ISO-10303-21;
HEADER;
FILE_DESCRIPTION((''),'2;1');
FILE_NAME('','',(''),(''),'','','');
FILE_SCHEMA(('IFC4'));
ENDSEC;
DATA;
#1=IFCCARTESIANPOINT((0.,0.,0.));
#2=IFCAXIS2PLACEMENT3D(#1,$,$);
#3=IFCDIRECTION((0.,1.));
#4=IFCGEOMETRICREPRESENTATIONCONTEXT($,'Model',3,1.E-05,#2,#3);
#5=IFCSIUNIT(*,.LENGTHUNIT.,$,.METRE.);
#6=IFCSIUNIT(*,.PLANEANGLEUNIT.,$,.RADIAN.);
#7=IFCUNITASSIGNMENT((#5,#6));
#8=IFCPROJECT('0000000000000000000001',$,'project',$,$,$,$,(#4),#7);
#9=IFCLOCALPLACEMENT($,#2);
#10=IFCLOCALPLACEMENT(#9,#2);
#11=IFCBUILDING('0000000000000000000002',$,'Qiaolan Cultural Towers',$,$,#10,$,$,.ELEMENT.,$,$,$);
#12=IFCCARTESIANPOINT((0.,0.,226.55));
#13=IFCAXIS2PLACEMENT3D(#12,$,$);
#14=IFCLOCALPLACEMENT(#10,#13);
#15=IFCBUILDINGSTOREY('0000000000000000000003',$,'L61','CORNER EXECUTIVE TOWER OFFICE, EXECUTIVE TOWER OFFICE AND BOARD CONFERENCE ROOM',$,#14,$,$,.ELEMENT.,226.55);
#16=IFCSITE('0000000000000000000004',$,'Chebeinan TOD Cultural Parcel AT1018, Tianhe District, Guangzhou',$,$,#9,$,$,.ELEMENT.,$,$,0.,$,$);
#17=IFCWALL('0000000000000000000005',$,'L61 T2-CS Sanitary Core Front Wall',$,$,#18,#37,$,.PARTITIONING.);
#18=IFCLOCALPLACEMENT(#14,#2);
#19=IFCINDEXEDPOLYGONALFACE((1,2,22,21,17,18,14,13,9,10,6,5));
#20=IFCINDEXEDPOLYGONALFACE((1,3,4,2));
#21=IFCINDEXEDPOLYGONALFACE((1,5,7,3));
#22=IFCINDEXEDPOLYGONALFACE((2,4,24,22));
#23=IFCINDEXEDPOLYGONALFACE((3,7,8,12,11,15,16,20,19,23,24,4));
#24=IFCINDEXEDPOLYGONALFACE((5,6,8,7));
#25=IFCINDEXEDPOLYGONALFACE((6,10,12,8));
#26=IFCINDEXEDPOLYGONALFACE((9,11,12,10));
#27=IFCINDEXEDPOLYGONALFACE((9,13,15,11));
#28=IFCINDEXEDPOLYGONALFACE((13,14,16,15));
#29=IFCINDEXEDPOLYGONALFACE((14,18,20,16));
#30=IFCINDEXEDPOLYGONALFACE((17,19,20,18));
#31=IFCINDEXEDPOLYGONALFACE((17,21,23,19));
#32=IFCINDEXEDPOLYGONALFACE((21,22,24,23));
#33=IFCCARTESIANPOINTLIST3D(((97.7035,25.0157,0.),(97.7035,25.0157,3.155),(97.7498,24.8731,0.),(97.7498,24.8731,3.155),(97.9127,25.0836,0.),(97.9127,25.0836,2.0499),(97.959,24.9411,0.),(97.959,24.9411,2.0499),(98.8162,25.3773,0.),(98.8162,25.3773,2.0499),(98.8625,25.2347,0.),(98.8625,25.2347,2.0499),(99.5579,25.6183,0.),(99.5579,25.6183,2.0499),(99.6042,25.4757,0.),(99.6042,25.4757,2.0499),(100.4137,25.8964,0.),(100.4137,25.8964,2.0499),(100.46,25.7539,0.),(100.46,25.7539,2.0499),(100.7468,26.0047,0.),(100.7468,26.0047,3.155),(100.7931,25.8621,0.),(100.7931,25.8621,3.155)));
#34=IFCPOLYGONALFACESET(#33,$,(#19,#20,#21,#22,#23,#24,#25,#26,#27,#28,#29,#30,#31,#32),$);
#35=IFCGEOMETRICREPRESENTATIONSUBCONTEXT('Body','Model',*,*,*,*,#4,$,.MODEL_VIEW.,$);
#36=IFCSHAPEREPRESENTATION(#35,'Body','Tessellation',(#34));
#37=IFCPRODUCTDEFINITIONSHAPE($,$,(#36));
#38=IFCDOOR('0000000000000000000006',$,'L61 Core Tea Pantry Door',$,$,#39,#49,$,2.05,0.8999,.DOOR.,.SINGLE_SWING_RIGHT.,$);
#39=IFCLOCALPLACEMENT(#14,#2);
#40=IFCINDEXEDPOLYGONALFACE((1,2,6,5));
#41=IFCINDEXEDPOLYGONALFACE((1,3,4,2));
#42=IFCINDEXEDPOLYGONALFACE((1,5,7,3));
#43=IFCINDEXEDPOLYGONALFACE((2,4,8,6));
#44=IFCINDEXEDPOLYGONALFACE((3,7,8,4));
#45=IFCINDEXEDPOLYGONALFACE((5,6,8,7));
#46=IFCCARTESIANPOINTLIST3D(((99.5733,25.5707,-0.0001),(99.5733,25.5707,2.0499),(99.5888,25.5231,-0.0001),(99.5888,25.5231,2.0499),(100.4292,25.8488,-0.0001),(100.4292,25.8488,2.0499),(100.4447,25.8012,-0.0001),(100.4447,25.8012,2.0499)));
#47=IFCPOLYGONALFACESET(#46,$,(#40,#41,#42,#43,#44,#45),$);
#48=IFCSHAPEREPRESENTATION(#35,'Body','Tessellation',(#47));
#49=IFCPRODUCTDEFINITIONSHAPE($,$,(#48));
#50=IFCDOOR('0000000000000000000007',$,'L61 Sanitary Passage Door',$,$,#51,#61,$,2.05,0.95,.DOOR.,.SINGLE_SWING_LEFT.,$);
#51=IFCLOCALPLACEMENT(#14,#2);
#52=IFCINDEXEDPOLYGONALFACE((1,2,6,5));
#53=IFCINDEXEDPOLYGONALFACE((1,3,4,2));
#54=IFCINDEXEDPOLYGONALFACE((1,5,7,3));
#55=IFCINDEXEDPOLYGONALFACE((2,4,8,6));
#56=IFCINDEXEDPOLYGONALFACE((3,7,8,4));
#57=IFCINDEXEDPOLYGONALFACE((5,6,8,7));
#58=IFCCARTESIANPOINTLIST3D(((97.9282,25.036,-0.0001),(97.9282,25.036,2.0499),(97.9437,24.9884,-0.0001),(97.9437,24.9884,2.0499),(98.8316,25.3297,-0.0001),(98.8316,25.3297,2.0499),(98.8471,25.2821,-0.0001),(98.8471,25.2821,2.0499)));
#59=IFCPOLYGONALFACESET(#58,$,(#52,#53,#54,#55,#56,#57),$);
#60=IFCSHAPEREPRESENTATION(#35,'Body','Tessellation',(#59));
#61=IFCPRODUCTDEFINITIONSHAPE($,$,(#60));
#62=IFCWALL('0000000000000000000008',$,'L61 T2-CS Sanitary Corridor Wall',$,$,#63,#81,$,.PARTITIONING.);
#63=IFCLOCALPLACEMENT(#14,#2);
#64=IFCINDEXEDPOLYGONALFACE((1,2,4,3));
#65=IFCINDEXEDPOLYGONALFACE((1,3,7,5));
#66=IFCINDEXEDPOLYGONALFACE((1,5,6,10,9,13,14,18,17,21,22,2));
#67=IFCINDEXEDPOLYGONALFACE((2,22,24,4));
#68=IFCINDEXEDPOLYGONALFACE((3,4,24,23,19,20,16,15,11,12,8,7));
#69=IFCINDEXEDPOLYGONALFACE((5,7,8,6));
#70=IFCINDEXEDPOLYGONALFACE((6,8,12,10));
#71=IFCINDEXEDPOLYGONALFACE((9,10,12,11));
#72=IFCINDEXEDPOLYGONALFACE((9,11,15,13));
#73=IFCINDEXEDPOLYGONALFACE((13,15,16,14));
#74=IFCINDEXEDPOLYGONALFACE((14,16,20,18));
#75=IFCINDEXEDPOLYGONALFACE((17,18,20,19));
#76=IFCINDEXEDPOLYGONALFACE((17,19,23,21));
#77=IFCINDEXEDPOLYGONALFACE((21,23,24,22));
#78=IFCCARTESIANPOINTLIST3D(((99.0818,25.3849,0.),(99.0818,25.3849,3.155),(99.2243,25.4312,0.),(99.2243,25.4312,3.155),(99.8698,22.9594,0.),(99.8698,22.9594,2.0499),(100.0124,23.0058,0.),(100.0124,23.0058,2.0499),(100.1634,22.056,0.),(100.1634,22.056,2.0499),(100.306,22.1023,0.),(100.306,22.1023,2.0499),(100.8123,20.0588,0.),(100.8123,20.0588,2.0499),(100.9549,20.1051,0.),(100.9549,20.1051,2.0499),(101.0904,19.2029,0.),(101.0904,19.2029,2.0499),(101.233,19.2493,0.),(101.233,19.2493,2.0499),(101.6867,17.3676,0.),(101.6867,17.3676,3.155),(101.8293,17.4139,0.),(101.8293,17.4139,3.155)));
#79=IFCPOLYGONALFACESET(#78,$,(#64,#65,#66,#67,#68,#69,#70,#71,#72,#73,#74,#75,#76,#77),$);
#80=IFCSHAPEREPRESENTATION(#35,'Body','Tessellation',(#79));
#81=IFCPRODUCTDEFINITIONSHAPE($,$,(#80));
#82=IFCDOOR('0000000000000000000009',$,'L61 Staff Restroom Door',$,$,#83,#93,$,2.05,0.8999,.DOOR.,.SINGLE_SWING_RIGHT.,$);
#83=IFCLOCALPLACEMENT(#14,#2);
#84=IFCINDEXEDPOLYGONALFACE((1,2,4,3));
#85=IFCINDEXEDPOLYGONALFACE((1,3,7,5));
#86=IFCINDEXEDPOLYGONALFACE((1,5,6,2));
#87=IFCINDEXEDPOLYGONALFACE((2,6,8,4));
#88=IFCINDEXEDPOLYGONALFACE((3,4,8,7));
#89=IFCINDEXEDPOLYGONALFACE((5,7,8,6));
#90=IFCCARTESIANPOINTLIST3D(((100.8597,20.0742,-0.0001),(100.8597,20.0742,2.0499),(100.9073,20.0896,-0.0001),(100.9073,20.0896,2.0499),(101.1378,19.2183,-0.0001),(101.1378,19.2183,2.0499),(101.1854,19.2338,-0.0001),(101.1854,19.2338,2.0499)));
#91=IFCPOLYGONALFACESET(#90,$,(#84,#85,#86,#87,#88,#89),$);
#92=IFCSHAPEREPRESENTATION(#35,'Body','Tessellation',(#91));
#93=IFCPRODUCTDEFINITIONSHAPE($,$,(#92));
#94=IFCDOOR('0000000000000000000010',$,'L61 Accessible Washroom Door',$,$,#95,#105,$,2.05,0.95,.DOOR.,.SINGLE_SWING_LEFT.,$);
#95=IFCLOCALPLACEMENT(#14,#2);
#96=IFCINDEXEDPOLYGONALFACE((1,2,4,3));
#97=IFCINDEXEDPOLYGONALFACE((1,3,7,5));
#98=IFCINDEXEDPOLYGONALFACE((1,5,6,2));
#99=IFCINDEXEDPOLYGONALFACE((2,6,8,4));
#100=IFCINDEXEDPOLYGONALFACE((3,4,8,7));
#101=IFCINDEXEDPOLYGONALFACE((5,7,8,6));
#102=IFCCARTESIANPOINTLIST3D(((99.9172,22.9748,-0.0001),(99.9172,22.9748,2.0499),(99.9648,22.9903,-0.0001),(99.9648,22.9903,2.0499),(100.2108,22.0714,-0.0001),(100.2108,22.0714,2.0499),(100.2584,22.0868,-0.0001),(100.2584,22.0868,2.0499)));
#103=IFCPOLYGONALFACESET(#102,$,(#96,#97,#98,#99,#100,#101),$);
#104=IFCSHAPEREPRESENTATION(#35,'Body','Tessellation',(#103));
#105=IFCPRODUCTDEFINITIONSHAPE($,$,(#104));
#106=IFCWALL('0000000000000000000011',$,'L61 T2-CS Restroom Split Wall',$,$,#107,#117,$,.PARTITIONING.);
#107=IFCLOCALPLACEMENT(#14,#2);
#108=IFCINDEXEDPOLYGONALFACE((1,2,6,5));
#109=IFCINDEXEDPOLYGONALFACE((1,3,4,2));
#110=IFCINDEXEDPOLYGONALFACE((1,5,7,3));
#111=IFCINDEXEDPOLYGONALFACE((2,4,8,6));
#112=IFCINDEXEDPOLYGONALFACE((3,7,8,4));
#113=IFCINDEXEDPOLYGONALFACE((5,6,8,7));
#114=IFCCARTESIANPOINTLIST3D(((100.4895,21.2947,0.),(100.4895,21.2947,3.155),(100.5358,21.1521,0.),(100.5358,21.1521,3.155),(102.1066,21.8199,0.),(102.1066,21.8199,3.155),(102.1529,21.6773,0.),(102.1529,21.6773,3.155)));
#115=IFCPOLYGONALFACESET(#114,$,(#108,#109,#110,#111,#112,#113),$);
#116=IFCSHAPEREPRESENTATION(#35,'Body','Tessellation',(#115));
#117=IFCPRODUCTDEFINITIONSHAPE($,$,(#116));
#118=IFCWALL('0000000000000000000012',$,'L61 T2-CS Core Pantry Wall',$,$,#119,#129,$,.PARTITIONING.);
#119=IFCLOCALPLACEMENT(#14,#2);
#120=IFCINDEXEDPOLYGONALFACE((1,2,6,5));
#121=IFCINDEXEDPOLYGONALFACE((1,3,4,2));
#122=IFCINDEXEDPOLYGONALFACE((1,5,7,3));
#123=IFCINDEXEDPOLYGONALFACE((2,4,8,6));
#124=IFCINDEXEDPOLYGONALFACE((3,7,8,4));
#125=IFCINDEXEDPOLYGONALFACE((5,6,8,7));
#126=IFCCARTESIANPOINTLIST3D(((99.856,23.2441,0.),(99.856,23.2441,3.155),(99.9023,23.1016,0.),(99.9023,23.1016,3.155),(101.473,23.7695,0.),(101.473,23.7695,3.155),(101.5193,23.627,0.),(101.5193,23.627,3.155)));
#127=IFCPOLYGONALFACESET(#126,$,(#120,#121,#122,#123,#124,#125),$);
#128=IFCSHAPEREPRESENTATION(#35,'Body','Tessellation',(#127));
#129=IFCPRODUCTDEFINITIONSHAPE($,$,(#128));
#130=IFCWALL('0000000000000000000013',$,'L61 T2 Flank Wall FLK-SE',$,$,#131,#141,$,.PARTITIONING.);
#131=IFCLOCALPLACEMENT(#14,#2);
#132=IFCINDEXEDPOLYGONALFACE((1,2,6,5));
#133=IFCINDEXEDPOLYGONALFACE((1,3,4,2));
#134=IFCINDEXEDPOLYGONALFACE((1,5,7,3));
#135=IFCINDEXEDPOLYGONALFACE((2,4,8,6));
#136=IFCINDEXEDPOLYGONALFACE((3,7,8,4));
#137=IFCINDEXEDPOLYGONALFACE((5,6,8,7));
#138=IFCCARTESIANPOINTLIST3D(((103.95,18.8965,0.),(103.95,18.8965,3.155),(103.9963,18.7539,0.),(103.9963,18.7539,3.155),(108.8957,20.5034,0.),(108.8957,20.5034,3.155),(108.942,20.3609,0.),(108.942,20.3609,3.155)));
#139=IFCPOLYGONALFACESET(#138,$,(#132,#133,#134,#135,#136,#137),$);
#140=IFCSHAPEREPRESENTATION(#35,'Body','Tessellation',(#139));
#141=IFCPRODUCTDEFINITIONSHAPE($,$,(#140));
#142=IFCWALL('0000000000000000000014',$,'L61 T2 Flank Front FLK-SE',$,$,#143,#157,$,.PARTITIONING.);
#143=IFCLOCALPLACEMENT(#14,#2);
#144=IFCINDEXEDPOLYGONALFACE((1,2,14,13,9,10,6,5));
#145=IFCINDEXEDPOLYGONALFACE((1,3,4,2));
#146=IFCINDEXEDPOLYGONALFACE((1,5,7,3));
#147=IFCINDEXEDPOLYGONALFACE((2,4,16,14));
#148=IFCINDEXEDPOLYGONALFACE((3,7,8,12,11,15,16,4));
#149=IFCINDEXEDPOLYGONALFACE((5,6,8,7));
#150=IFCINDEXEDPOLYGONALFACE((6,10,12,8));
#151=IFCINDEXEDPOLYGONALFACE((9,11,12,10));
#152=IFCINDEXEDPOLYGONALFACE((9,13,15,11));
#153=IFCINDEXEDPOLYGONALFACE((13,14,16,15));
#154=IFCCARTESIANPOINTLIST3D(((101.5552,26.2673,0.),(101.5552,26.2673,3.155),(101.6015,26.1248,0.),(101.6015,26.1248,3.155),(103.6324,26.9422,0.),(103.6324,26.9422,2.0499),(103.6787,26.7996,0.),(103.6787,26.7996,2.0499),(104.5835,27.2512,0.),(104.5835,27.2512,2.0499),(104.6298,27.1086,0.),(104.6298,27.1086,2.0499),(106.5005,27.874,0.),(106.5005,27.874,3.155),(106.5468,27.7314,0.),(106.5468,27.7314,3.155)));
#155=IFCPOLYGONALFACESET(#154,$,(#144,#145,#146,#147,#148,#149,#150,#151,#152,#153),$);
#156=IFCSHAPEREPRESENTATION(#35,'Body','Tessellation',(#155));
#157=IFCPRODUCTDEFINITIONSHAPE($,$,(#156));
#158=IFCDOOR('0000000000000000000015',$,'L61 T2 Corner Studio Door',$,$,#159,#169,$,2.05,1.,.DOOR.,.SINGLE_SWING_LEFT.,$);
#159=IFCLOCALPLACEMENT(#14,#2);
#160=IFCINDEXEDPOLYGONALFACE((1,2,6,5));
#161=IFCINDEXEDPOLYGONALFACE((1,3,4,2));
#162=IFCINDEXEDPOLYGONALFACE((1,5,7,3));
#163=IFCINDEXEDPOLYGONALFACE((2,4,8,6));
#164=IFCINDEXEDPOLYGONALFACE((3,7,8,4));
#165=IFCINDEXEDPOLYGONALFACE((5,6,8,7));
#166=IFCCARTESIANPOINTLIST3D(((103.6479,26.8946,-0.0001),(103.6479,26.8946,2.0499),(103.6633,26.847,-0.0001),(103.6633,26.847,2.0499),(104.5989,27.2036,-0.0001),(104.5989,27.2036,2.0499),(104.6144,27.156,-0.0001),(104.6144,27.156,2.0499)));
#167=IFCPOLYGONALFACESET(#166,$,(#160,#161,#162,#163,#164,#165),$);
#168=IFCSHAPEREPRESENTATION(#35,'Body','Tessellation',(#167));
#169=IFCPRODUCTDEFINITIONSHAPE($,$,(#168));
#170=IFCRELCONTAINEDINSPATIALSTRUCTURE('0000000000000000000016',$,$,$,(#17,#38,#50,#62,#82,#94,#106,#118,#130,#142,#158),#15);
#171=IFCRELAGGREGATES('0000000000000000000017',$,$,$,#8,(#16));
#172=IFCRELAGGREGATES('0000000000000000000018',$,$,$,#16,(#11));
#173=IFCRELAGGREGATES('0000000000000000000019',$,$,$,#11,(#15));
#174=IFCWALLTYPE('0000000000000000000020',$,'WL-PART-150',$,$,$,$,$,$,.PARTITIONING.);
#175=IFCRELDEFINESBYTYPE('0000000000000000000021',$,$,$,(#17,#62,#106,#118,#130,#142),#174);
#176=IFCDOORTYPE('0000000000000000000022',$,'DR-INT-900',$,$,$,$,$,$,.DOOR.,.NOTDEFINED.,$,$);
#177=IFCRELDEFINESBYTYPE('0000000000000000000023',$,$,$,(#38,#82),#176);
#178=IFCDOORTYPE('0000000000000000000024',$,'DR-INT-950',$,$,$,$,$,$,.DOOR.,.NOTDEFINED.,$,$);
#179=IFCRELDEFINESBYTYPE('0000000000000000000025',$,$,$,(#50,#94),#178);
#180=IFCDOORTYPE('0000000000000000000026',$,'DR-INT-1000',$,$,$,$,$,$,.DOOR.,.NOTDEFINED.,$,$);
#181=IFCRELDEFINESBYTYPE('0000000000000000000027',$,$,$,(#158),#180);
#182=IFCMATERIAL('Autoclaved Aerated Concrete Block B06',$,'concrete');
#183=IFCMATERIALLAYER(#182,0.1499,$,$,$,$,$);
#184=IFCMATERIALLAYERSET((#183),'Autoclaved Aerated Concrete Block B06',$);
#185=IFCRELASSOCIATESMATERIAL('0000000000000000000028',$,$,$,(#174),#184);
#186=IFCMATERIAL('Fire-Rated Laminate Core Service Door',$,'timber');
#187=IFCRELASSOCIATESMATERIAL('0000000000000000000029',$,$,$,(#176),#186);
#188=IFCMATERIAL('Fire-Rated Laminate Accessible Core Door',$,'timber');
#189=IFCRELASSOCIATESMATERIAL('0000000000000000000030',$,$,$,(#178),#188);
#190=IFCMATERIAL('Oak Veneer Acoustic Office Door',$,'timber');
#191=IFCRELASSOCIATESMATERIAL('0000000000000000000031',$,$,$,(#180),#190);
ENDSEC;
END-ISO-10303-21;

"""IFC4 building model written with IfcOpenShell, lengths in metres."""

from ifc_helpers import new_model, si_unit, direction, frame, frame_2d, origin, place, context, subcontext, project, spatial, rectangle, extrude, material, layer, layer_set, type_object, element, fill, save


model = new_model("IFC4")

# Units and contexts
model_context = context("Model", 3, precision=1e-05, world=origin(), true_north=direction((0.0, 1.0)))
body_context = subcontext(model_context, "Body", "Model", "MODEL_VIEW")
ifc_project = project(units=[si_unit("LENGTHUNIT", "METRE"), si_unit("PLANEANGLEUNIT", "RADIAN")], contexts=[model_context])

# Site, building, storey
site_placement = place(None, origin())
site = spatial("IfcSite", under=ifc_project, at=site_placement, Name="Chebeinan TOD Cultural Parcel AT1018, Tianhe District, Guangzhou", CompositionType="ELEMENT", RefElevation=0.0)
building_placement = place(site_placement, origin())
building = spatial("IfcBuilding", under=site, at=building_placement, Name="Qiaolan Cultural Towers", CompositionType="ELEMENT")
storey_placement = place(building_placement, frame((0.0, 0.0, 226.55)))
storey = spatial("IfcBuildingStorey", under=building, at=storey_placement, Name="L61", Description="CORNER EXECUTIVE TOWER OFFICE, EXECUTIVE TOWER OFFICE AND BOARD CONFERENCE ROOM", CompositionType="ELEMENT", Elevation=226.55)

# Walls, openings, doors
ifc_material_1 = material(Name="Autoclaved Aerated Concrete Block B06", Category="concrete")
ifc_layer_1 = layer(ifc_material_1, 0.1499)
ifc_layer_set_1 = layer_set([ifc_layer_1], Name="Autoclaved Aerated Concrete Block B06")
wall_type_1 = type_object("IfcWallType", Name="WL-PART-150", PredefinedType="PARTITIONING", material=ifc_layer_set_1)
wall_1_placement = place(storey_placement, frame((97.7266, 24.9443, 0.0), z_axis=(0.0, 0.0, 1.0), x_axis=(0.951037, 0.309077, 0.0)))
wall_1 = element("IfcWall", 1, at=wall_1_placement, inside=storey, type_object=wall_type_1, Name="L61 T2-CS Sanitary Core Front Wall", PredefinedType="PARTITIONING", context=body_context, shape_type="SweptSolid", body=[
    extrude(rectangle(XDim=3.2, YDim=0.1499, at=frame_2d((1.6001, 0.0))), origin(), (0.0, 0.0, 1.0), 3.155),
])
opening_1_placement = place(wall_1_placement, frame((0.22, 0.0, 0.0)))
opening_1 = element("IfcOpeningElement", 2, at=opening_1_placement, cuts=wall_1, PredefinedType="OPENING", context=body_context, shape_type="SweptSolid", body=[
    extrude(rectangle(XDim=0.95, YDim=2.05, at=frame_2d((0.4751, 1.0249))), frame((0.0, 0.085, 0.0), z_axis=(0.0, -1.0, 0.0), x_axis=(1.0, 0.0, 0.0)), (0.0, 0.0, 1.0), 0.1699),
])
opening_2_placement = place(wall_1_placement, frame((1.95, 0.0, 0.0)))
opening_2 = element("IfcOpeningElement", 3, at=opening_2_placement, cuts=wall_1, PredefinedType="OPENING", context=body_context, shape_type="SweptSolid", body=[
    extrude(rectangle(XDim=0.8999, YDim=2.05, at=frame_2d((0.45, 1.0249))), frame((0.0, 0.085, 0.0), z_axis=(0.0, -1.0, 0.0), x_axis=(1.0, 0.0, 0.0)), (0.0, 0.0, 1.0), 0.1699),
])
ifc_material_2 = material(Name="Fire-Rated Laminate Core Service Door", Category="timber")
door_type_1 = type_object("IfcDoorType", Name="DR-INT-900", OperationType="NOTDEFINED", PredefinedType="DOOR", material=ifc_material_2)
door_1_placement = place(opening_2_placement, origin())
door_1 = element("IfcDoor", 4, at=door_1_placement, inside=storey, type_object=door_type_1, Name="L61 Core Tea Pantry Door", OperationType="SINGLE_SWING_RIGHT", OverallHeight=2.05, OverallWidth=0.8999, PredefinedType="DOOR", context=body_context, shape_type="SweptSolid", body=[
    extrude(rectangle(XDim=0.8999, YDim=2.05, at=frame_2d((0.45, 1.0249))), frame((0.0, 0.0249, 0.0), z_axis=(0.0, -1.0, 0.0), x_axis=(1.0, 0.0, 0.0)), (0.0, 0.0, 1.0), 0.05),
])
fill(opening_2, door_1)
ifc_material_3 = material(Name="Fire-Rated Laminate Accessible Core Door", Category="timber")
door_type_2 = type_object("IfcDoorType", Name="DR-INT-950", OperationType="NOTDEFINED", PredefinedType="DOOR", material=ifc_material_3)
door_2_placement = place(opening_1_placement, origin())
door_2 = element("IfcDoor", 5, at=door_2_placement, inside=storey, type_object=door_type_2, Name="L61 Sanitary Passage Door", OperationType="SINGLE_SWING_LEFT", OverallHeight=2.05, OverallWidth=0.95, PredefinedType="DOOR", context=body_context, shape_type="SweptSolid", body=[
    extrude(rectangle(XDim=0.95, YDim=2.05, at=frame_2d((0.4751, 1.0249))), frame((0.0, 0.0249, 0.0), z_axis=(0.0, -1.0, 0.0), x_axis=(1.0, 0.0, 0.0)), (0.0, 0.0, 1.0), 0.05),
])
fill(opening_1, door_2)
wall_2_placement = place(storey_placement, frame((99.1531, 25.408, 0.0), z_axis=(0.0, 0.0, 1.0), x_axis=(0.309016, -0.951057, 0.0)))
wall_2 = element("IfcWall", 6, at=wall_2_placement, inside=storey, type_object=wall_type_1, Name="L61 T2-CS Sanitary Corridor Wall", PredefinedType="PARTITIONING", context=body_context, shape_type="SweptSolid", body=[
    extrude(rectangle(XDim=8.4299, YDim=0.1499, at=frame_2d((4.2148, 0.0))), origin(), (0.0, 0.0, 1.0), 3.155),
])
opening_3_placement = place(wall_2_placement, frame((2.55, 0.0, 0.0)))
opening_3 = element("IfcOpeningElement", 7, at=opening_3_placement, cuts=wall_2, PredefinedType="OPENING", context=body_context, shape_type="SweptSolid", body=[
    extrude(rectangle(XDim=0.95, YDim=2.05, at=frame_2d((0.4751, 1.0249))), frame((0.0, 0.085, 0.0), z_axis=(0.0, -1.0, 0.0), x_axis=(1.0, 0.0, 0.0)), (0.0, 0.0, 1.0), 0.1699),
])
opening_4_placement = place(wall_2_placement, frame((5.6001, 0.0, 0.0)))
opening_4 = element("IfcOpeningElement", 8, at=opening_4_placement, cuts=wall_2, PredefinedType="OPENING", context=body_context, shape_type="SweptSolid", body=[
    extrude(rectangle(XDim=0.8999, YDim=2.05, at=frame_2d((0.45, 1.0249))), frame((0.0, 0.085, 0.0), z_axis=(0.0, -1.0, 0.0), x_axis=(1.0, 0.0, 0.0)), (0.0, 0.0, 1.0), 0.1699),
])
door_3_placement = place(opening_4_placement, origin())
door_3 = element("IfcDoor", 9, at=door_3_placement, inside=storey, type_object=door_type_1, Name="L61 Staff Restroom Door", OperationType="SINGLE_SWING_RIGHT", OverallHeight=2.05, OverallWidth=0.8999, PredefinedType="DOOR", context=body_context, shape_type="SweptSolid", body=[
    extrude(rectangle(XDim=0.8999, YDim=2.05, at=frame_2d((0.45, 1.0249))), frame((0.0, 0.0249, 0.0), z_axis=(0.0, -1.0, 0.0), x_axis=(1.0, 0.0, 0.0)), (0.0, 0.0, 1.0), 0.05),
])
fill(opening_4, door_3)
door_4_placement = place(opening_3_placement, origin())
door_4 = element("IfcDoor", 10, at=door_4_placement, inside=storey, type_object=door_type_2, Name="L61 Accessible Washroom Door", OperationType="SINGLE_SWING_LEFT", OverallHeight=2.05, OverallWidth=0.95, PredefinedType="DOOR", context=body_context, shape_type="SweptSolid", body=[
    extrude(rectangle(XDim=0.95, YDim=2.05, at=frame_2d((0.4751, 1.0249))), frame((0.0, 0.0249, 0.0), z_axis=(0.0, -1.0, 0.0), x_axis=(1.0, 0.0, 0.0)), (0.0, 0.0, 1.0), 0.05),
])
fill(opening_3, door_4)

# Walls
for number, where, z_axis, x_axis, name in (
    (11, (100.5127, 21.2234, 0.0), (0.0, 0.0, 1.0), (0.951096, 0.308894, 0.0), "L61 T2-CS Restroom Split Wall"),
    (12, (99.8792, 23.1729, 0.0), (0.0, 0.0, 1.0), (0.951054, 0.309024, 0.0), "L61 T2-CS Core Pantry Wall"),
):
    element("IfcWall", number, at=place(storey_placement, frame(where, z_axis=z_axis, x_axis=x_axis)), inside=storey, type_object=wall_type_1, Name=name, PredefinedType="PARTITIONING", context=body_context, shape_type="SweptSolid", body=[
        extrude(rectangle(XDim=1.7002, YDim=0.1499, at=frame_2d((0.8501, 0.0))), origin(), (0.0, 0.0, 1.0), 3.155),
    ])
wall_3_placement = place(storey_placement, frame((103.9731, 18.8252, 0.0), z_axis=(0.0, 0.0, 1.0), x_axis=(0.951055, 0.309021, 0.0)))
element("IfcWall", 13, at=wall_3_placement, inside=storey, type_object=wall_type_1, Name="L61 T2 Flank Wall FLK-SE", PredefinedType="PARTITIONING", context=body_context, shape_type="SweptSolid", body=[
    extrude(rectangle(XDim=5.2002, YDim=0.1499, at=frame_2d((2.6001, 0.0))), origin(), (0.0, 0.0, 1.0), 3.155),
])

# Wall, opening, door
wall_4_placement = place(storey_placement, frame((101.5784, 26.196, 0.0), z_axis=(0.0, 0.0, 1.0), x_axis=(0.951064, 0.308993, 0.0)))
wall_4 = element("IfcWall", 14, at=wall_4_placement, inside=storey, type_object=wall_type_1, Name="L61 T2 Flank Front FLK-SE", PredefinedType="PARTITIONING", context=body_context, shape_type="SweptSolid", body=[
    extrude(rectangle(XDim=5.1997, YDim=0.1499, at=frame_2d((2.5999, 0.0))), origin(), (0.0, 0.0, 1.0), 3.155),
])
opening_5_placement = place(wall_4_placement, frame((2.1841, 0.0, 0.0)))
opening_5 = element("IfcOpeningElement", 15, at=opening_5_placement, cuts=wall_4, PredefinedType="OPENING", context=body_context, shape_type="SweptSolid", body=[
    extrude(rectangle(XDim=1.0, YDim=2.05, at=frame_2d((0.5, 1.0249))), frame((0.0, 0.085, 0.0), z_axis=(0.0, -1.0, 0.0), x_axis=(1.0, 0.0, 0.0)), (0.0, 0.0, 1.0), 0.1699),
])
ifc_material_4 = material(Name="Oak Veneer Acoustic Office Door", Category="timber")
door_type_3 = type_object("IfcDoorType", Name="DR-INT-1000", OperationType="NOTDEFINED", PredefinedType="DOOR", material=ifc_material_4)
door_5_placement = place(opening_5_placement, origin())
door_5 = element("IfcDoor", 16, at=door_5_placement, inside=storey, type_object=door_type_3, Name="L61 T2 Corner Studio Door", OperationType="SINGLE_SWING_LEFT", OverallHeight=2.05, OverallWidth=1.0, PredefinedType="DOOR", context=body_context, shape_type="SweptSolid", body=[
    extrude(rectangle(XDim=1.0, YDim=2.05, at=frame_2d((0.5, 1.0249))), frame((0.0, 0.0249, 0.0), z_axis=(0.0, -1.0, 0.0), x_axis=(1.0, 0.0, 0.0)), (0.0, 0.0, 1.0), 0.05),
])
fill(opening_5, door_5)

save(model, "model.ifc")
